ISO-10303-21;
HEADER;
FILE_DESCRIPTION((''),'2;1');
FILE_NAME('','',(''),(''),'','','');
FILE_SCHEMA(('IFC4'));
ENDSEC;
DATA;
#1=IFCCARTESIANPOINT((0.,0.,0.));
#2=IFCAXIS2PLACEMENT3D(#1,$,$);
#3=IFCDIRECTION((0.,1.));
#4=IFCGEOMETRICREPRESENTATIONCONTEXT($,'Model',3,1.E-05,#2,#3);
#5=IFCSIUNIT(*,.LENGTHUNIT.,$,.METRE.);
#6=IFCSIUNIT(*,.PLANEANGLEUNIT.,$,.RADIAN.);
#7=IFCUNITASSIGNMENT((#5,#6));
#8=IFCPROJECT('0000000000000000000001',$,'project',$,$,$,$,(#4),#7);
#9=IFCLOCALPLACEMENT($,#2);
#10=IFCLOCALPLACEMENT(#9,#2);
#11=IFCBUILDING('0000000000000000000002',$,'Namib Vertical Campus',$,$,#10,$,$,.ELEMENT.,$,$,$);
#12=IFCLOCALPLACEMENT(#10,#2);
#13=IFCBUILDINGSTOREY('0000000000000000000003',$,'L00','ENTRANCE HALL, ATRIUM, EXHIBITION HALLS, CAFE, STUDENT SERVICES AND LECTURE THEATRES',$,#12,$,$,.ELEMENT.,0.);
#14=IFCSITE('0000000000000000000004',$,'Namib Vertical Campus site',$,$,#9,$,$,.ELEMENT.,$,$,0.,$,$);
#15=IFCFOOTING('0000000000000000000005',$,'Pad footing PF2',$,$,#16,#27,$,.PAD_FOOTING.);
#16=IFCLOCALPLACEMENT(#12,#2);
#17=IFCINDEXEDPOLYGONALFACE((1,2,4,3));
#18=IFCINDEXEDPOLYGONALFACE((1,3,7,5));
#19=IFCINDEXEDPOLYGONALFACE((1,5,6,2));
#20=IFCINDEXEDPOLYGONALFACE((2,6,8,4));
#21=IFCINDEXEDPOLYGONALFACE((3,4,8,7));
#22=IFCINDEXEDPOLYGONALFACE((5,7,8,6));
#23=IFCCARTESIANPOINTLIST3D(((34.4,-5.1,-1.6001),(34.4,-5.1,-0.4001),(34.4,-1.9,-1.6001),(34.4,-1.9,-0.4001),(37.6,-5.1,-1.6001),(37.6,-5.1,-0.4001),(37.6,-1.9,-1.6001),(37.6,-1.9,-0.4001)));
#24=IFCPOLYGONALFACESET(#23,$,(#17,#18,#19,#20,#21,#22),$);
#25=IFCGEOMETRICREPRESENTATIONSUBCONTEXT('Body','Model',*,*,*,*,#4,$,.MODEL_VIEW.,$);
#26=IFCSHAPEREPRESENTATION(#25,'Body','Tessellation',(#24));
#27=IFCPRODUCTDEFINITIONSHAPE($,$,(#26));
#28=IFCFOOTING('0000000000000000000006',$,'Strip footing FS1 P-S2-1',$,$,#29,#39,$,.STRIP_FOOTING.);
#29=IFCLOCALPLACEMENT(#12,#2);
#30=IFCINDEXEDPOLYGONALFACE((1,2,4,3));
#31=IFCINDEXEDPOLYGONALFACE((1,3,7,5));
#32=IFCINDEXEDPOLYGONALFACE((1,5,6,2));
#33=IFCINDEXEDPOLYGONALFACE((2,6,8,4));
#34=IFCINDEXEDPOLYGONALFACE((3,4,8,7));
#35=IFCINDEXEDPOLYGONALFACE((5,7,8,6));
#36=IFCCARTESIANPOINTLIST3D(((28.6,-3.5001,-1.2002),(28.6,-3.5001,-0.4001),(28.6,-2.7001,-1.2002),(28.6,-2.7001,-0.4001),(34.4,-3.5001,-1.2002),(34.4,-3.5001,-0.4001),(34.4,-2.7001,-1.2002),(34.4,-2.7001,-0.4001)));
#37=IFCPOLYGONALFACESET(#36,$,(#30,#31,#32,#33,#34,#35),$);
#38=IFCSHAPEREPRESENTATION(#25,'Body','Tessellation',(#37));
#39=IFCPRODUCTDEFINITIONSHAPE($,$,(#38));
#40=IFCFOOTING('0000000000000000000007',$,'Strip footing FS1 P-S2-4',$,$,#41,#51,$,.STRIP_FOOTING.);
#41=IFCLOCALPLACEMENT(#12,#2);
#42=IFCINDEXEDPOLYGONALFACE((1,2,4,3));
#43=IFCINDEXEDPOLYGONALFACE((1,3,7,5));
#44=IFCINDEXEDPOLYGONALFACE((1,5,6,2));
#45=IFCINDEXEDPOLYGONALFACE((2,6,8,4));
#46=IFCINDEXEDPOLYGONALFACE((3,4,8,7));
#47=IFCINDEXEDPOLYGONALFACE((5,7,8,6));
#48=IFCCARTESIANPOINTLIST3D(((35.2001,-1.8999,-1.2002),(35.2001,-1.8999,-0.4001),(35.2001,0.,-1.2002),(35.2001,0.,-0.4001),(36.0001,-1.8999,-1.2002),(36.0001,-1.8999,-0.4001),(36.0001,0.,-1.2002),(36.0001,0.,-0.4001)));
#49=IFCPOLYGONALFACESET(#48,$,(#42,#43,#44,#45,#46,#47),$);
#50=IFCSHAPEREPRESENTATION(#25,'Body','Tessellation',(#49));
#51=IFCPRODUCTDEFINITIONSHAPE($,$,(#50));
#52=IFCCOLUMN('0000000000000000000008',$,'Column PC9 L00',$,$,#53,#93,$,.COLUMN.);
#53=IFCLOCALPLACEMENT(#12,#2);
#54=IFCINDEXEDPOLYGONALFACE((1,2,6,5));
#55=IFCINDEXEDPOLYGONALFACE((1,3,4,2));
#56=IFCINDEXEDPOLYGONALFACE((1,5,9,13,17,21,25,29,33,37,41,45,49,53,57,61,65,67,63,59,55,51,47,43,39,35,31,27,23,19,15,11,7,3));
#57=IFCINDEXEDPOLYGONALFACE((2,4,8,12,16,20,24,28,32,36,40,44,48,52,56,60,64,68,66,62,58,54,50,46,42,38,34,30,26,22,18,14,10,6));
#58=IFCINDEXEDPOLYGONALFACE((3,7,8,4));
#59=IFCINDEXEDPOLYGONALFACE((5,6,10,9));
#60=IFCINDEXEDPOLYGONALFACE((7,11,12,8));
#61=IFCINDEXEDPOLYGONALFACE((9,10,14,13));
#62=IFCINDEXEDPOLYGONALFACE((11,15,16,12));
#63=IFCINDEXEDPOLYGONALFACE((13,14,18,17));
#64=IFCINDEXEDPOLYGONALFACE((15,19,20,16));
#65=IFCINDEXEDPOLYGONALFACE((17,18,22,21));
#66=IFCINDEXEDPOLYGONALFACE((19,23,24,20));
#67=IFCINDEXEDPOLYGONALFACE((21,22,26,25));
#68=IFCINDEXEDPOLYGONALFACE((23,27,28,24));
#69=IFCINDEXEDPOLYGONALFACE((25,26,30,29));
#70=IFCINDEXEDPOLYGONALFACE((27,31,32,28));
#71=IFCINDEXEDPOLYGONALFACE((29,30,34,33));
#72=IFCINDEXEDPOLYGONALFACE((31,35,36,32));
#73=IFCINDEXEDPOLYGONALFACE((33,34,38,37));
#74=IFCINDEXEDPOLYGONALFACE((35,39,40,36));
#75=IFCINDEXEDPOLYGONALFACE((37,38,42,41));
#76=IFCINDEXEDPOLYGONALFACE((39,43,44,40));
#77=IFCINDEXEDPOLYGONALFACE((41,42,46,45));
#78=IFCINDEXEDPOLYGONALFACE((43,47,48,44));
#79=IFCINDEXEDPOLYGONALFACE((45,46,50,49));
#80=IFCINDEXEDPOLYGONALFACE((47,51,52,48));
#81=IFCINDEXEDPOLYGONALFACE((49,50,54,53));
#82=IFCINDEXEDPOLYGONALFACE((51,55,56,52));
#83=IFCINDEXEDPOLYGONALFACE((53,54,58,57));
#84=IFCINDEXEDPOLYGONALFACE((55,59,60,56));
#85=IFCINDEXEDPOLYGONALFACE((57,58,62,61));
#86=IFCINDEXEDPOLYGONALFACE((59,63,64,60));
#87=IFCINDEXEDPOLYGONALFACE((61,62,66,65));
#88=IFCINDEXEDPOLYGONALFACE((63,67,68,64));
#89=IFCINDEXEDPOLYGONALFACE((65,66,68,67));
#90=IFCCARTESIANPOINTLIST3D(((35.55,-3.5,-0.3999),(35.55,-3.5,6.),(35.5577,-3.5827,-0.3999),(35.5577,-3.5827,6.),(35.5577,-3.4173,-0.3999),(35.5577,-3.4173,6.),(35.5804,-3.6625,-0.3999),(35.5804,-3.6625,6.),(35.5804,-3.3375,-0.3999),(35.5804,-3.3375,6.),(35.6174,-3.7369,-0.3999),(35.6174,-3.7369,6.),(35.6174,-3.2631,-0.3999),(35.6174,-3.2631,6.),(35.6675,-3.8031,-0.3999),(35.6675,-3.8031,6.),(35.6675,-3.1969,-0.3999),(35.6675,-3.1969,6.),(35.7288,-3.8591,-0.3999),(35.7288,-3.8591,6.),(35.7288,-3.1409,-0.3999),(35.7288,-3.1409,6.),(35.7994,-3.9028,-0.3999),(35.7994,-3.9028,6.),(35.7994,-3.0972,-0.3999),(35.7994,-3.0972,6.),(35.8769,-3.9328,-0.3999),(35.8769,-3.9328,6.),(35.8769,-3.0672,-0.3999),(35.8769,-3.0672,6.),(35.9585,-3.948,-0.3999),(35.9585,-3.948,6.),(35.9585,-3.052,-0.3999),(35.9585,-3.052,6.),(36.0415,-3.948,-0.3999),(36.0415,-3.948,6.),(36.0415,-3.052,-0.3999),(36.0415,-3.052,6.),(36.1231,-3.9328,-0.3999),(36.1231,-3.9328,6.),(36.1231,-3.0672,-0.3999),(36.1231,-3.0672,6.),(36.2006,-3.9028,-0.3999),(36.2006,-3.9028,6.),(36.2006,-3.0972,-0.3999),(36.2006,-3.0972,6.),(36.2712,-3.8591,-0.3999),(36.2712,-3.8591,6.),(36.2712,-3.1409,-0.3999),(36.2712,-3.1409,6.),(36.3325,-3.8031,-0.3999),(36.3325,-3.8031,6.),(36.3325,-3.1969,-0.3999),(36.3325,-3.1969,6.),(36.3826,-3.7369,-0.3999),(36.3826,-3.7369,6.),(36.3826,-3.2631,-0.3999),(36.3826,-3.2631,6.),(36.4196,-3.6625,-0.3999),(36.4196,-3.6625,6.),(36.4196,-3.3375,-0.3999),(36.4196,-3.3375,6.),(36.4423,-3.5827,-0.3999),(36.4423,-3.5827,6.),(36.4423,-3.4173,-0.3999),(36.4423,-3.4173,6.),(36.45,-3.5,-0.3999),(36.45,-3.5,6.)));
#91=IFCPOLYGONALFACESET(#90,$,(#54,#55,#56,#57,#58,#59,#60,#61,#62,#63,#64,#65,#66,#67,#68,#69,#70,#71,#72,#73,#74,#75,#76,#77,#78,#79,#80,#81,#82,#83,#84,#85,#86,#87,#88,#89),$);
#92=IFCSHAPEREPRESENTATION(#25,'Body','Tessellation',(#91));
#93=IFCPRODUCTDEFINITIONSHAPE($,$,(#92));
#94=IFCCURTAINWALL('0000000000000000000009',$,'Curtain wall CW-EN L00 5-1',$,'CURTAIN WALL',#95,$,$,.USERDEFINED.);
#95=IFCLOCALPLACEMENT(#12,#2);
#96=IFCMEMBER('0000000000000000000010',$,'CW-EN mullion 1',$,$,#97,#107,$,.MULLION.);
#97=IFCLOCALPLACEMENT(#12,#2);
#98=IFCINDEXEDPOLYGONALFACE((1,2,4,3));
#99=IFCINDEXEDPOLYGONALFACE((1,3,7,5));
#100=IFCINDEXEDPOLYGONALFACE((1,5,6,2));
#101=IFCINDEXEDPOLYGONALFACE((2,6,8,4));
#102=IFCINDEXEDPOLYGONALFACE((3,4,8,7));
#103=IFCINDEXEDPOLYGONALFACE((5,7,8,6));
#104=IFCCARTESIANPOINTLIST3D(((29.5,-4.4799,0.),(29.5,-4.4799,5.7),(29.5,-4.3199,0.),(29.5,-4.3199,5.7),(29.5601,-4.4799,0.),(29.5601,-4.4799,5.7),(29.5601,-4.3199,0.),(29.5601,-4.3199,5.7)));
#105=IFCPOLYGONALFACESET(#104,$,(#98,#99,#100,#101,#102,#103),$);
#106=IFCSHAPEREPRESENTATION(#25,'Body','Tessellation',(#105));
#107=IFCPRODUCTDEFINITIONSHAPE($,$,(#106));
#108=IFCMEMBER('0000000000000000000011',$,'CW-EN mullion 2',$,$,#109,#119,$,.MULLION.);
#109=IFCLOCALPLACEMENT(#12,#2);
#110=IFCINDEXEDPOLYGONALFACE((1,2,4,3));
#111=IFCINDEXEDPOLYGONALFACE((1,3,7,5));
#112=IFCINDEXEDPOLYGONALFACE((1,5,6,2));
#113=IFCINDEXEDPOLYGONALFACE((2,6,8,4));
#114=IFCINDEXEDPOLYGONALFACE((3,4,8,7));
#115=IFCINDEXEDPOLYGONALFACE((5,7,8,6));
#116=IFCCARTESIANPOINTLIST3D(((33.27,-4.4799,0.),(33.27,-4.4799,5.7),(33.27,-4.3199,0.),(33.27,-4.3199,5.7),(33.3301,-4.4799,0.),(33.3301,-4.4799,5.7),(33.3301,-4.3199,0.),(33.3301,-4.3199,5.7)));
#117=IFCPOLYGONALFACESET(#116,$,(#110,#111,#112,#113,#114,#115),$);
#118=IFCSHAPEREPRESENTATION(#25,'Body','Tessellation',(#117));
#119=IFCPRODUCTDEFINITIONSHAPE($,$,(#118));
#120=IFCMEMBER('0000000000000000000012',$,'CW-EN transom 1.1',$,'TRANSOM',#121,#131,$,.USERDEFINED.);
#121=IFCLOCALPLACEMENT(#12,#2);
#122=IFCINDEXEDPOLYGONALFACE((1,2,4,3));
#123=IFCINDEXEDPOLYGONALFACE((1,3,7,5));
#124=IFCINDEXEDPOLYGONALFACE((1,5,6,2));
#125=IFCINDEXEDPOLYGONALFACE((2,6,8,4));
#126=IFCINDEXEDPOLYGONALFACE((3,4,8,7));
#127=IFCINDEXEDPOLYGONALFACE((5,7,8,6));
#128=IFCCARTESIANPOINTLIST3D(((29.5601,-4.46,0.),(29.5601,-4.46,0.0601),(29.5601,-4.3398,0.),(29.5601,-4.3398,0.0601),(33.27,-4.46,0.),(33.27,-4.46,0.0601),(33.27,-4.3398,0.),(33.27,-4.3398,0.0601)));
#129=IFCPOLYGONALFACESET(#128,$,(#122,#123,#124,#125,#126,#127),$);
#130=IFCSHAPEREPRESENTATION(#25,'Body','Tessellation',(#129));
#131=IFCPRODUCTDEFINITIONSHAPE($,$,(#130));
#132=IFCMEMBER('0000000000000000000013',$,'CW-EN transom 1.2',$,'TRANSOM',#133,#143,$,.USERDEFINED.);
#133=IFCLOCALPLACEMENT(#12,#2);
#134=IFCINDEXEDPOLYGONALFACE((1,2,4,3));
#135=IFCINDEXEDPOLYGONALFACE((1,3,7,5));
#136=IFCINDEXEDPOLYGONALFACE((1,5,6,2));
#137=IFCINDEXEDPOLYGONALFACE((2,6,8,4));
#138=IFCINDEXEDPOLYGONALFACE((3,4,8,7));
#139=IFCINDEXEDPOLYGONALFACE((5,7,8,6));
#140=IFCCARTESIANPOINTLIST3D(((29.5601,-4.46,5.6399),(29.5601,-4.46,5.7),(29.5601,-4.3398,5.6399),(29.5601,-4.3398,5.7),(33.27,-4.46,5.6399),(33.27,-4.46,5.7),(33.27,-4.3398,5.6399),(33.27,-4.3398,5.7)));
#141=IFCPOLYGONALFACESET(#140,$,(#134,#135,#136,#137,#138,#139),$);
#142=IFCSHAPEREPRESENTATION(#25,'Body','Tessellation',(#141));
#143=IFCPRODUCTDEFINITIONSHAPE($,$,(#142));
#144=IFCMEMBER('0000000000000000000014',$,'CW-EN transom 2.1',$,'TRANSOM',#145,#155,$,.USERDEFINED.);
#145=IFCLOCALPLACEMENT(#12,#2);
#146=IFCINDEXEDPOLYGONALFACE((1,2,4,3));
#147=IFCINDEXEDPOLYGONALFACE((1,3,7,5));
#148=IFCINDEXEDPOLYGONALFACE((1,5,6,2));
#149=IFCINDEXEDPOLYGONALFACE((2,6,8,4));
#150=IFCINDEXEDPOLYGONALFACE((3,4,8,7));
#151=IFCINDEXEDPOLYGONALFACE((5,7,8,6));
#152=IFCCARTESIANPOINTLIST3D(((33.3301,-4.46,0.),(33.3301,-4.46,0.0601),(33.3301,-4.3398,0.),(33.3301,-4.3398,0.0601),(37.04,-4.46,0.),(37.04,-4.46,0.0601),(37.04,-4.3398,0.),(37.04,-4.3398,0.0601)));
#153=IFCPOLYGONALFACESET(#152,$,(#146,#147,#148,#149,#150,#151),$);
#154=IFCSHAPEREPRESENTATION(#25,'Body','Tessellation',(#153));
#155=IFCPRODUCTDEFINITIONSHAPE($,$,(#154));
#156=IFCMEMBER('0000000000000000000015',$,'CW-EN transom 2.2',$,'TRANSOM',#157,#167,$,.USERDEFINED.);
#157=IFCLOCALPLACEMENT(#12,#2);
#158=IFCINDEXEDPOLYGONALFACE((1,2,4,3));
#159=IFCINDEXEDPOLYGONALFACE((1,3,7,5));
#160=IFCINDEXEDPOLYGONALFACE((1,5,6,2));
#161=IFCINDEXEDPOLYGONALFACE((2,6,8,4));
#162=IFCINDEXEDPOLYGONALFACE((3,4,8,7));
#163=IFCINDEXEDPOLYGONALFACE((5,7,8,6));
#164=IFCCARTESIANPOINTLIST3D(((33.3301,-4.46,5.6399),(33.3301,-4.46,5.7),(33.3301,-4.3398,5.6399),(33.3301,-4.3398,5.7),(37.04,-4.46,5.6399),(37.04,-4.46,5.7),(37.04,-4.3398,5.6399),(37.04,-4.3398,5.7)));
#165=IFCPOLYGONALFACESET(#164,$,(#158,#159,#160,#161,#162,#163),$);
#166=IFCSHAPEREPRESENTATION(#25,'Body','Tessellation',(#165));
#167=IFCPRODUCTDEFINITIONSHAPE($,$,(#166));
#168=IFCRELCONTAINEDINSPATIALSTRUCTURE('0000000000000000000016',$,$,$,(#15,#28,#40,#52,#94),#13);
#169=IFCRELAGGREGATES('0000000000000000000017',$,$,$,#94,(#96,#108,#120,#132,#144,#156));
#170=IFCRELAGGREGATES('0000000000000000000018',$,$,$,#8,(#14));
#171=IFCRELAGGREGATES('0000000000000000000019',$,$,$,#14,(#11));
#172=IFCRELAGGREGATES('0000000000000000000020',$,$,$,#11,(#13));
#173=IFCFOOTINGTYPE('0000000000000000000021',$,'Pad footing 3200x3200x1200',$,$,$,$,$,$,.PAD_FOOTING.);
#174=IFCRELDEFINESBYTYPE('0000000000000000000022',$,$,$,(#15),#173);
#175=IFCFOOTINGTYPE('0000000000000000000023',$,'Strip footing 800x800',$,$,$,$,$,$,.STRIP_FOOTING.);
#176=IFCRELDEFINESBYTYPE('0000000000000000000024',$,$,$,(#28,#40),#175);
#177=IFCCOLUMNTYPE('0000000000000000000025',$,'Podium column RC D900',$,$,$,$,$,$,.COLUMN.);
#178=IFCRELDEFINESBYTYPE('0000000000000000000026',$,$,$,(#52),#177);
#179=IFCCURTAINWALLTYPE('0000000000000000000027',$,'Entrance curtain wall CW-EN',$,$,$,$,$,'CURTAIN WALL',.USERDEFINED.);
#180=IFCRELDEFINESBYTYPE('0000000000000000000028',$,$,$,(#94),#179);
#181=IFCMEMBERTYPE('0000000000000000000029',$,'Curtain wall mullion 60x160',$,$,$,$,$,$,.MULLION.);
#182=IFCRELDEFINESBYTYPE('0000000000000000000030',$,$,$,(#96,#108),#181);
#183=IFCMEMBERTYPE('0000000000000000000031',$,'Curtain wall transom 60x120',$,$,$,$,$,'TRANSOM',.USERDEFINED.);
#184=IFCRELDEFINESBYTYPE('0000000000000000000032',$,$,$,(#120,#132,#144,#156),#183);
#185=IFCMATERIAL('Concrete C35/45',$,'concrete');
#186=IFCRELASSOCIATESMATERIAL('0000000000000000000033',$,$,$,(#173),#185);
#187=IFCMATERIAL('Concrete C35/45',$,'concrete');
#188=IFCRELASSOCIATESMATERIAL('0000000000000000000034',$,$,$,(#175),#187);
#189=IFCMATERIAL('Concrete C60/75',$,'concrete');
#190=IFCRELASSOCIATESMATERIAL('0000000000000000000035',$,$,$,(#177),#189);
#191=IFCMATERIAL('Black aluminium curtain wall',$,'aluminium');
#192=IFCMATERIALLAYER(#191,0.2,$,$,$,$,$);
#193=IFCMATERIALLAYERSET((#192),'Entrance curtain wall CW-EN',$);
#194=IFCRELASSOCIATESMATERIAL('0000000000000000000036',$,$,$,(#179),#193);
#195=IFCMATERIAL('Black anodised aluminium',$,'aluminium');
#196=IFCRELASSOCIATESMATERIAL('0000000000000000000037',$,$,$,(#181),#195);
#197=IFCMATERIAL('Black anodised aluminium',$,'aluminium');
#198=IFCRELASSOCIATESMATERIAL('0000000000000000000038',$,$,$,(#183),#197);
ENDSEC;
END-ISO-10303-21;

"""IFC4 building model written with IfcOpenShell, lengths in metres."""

from ifc_helpers import new_model, si_unit, direction, frame, origin, origin_2d, place, context, subcontext, project, spatial, rectangle, circle, extrude, material, layer, layer_set, material_profile, profile_set, type_object, element, aggregate, save


model = new_model("IFC4")

# Units and contexts
model_context = context("Model", 3, precision=1e-05, world=origin(), true_north=direction((0.0, 1.0)))
body_context = subcontext(model_context, "Body", "Model", "MODEL_VIEW")
ifc_project = project(units=[si_unit("LENGTHUNIT", "METRE"), si_unit("PLANEANGLEUNIT", "RADIAN")], contexts=[model_context])

# Site, building, storey
site_placement = place(None, origin())
site = spatial("IfcSite", under=ifc_project, at=site_placement, Name="Namib Vertical Campus site", CompositionType="ELEMENT", RefElevation=0.0)
building_placement = place(site_placement, origin())
building = spatial("IfcBuilding", under=site, at=building_placement, Name="Namib Vertical Campus", CompositionType="ELEMENT")
storey_placement = place(building_placement, origin())
storey = spatial("IfcBuildingStorey", under=building, at=storey_placement, Name="L00", Description="ENTRANCE HALL, ATRIUM, EXHIBITION HALLS, CAFE, STUDENT SERVICES AND LECTURE THEATRES", CompositionType="ELEMENT", Elevation=0.0)

# Footings
ifc_material_1 = material(Name="Concrete C35/45", Category="concrete")
footing_type_1 = type_object("IfcFootingType", Name="Pad footing 3200x3200x1200", PredefinedType="PAD_FOOTING", material=ifc_material_1)
footing_1_placement = place(storey_placement, frame((36.0, -3.5, -1.6001), z_axis=(0.0, 0.0, 1.0), x_axis=(1.0, 0.0, 0.0)))
element("IfcFooting", 1, at=footing_1_placement, inside=storey, type_object=footing_type_1, Name="Pad footing PF2", PredefinedType="PAD_FOOTING", context=body_context, shape_type="SweptSolid", body=[
    extrude(rectangle(XDim=3.2, YDim=3.2, at=origin_2d()), origin(), (0.0, 0.0, 1.0), 1.2),
])
ifc_material_2 = material(Name="Concrete C35/45", Category="concrete")
footing_type_2 = type_object("IfcFootingType", Name="Strip footing 800x800", PredefinedType="STRIP_FOOTING", material=ifc_material_2)
footing_2_placement = place(storey_placement, frame((31.5, -3.1001, -1.2002), z_axis=(0.0, 0.0, 1.0), x_axis=(1.0, 0.0, 0.0)))
element("IfcFooting", 2, at=footing_2_placement, inside=storey, type_object=footing_type_2, Name="Strip footing FS1 P-S2-1", PredefinedType="STRIP_FOOTING", context=body_context, shape_type="SweptSolid", body=[
    extrude(rectangle(XDim=5.8, YDim=0.8, at=origin_2d()), origin(), (0.0, 0.0, 1.0), 0.8),
])
footing_3_placement = place(storey_placement, frame((35.6001, -0.95, -1.2002), z_axis=(0.0, 0.0, 1.0), x_axis=(1.0, 0.0, 0.0)))
element("IfcFooting", 3, at=footing_3_placement, inside=storey, type_object=footing_type_2, Name="Strip footing FS1 P-S2-4", PredefinedType="STRIP_FOOTING", context=body_context, shape_type="SweptSolid", body=[
    extrude(rectangle(XDim=0.8, YDim=1.8999, at=origin_2d()), origin(), (0.0, 0.0, 1.0), 0.8),
])

# Column
ifc_material_3 = material(Name="Concrete C60/75", Category="concrete")
ifc_material_profile_1 = material_profile(ifc_material_3, circle(Radius=0.45, at=origin_2d()))
ifc_profile_set_1 = profile_set([ifc_material_profile_1], Name="Concrete C60/75")
column_type = type_object("IfcColumnType", Name="Podium column RC D900", PredefinedType="COLUMN", material=ifc_profile_set_1)
column_placement = place(storey_placement, frame((36.0, -3.5, -0.3999), z_axis=(0.0, 0.0, 1.0), x_axis=(1.0, 0.0, 0.0)))
element("IfcColumn", 4, at=column_placement, inside=storey, type_object=column_type, Name="Column PC9 L00", PredefinedType="COLUMN", context=body_context, shape_type="SweptSolid", body=[
    extrude(circle(Radius=0.45, at=origin_2d()), origin(), (0.0, 0.0, 1.0), 6.3999),
])

# Curtain wall, members
ifc_material_4 = material(Name="Black aluminium curtain wall", Category="aluminium")
ifc_layer_1 = layer(ifc_material_4, 0.2)
ifc_layer_set_1 = layer_set([ifc_layer_1], Name="Entrance curtain wall CW-EN")
curtain_wall_type = type_object("IfcCurtainWallType", Name="Entrance curtain wall CW-EN", ElementType="CURTAIN WALL", PredefinedType="USERDEFINED", material=ifc_layer_set_1)
curtain_wall_placement = place(storey_placement, origin())
curtain_wall = element("IfcCurtainWall", 5, at=curtain_wall_placement, inside=storey, type_object=curtain_wall_type, Name="Curtain wall CW-EN L00 5-1", ObjectType="CURTAIN WALL", PredefinedType="USERDEFINED")
ifc_material_5 = material(Name="Black anodised aluminium", Category="aluminium")
ifc_material_profile_2 = material_profile(ifc_material_5, rectangle(XDim=0.0601, YDim=0.1599, at=origin_2d()))
ifc_profile_set_2 = profile_set([ifc_material_profile_2], Name="Black anodised aluminium")
member_type_1 = type_object("IfcMemberType", Name="Curtain wall mullion 60x160", PredefinedType="MULLION", material=ifc_profile_set_2)
member_1_placement = place(storey_placement, frame((29.53, -4.3999, 0.0), z_axis=(0.0, 0.0, 1.0), x_axis=(1.0, 0.0, 0.0)))
member_1 = element("IfcMember", 6, at=member_1_placement, type_object=member_type_1, Name="CW-EN mullion 1", PredefinedType="MULLION", context=body_context, shape_type="SweptSolid", body=[
    extrude(rectangle(XDim=0.0601, YDim=0.1599, at=origin_2d()), origin(), (0.0, 0.0, 1.0), 5.7),
])
member_2_placement = place(storey_placement, frame((33.3, -4.3999, 0.0), z_axis=(0.0, 0.0, 1.0), x_axis=(1.0, 0.0, 0.0)))
member_2 = element("IfcMember", 7, at=member_2_placement, type_object=member_type_1, Name="CW-EN mullion 2", PredefinedType="MULLION", context=body_context, shape_type="SweptSolid", body=[
    extrude(rectangle(XDim=0.0601, YDim=0.1599, at=origin_2d()), origin(), (0.0, 0.0, 1.0), 5.7),
])
ifc_material_6 = material(Name="Black anodised aluminium", Category="aluminium")
ifc_material_profile_3 = material_profile(ifc_material_6, rectangle(XDim=0.0601, YDim=0.1201, at=origin_2d()))
ifc_profile_set_3 = profile_set([ifc_material_profile_3], Name="Black anodised aluminium")
member_type_2 = type_object("IfcMemberType", Name="Curtain wall transom 60x120", ElementType="TRANSOM", PredefinedType="USERDEFINED", material=ifc_profile_set_3)
member_3_placement = place(storey_placement, frame((29.5601, -4.3999, 0.03), z_axis=(1.0, 0.0, 0.0), x_axis=(0.0, 0.0, 1.0)))
member_3 = element("IfcMember", 8, at=member_3_placement, type_object=member_type_2, Name="CW-EN transom 1.1", ObjectType="TRANSOM", PredefinedType="USERDEFINED", context=body_context, shape_type="SweptSolid", body=[
    extrude(rectangle(XDim=0.0601, YDim=0.1201, at=origin_2d()), origin(), (0.0, 0.0, 1.0), 3.71),
])
member_4_placement = place(storey_placement, frame((29.5601, -4.3999, 5.6699), z_axis=(1.0, 0.0, 0.0), x_axis=(0.0, 0.0, 1.0)))
member_4 = element("IfcMember", 9, at=member_4_placement, type_object=member_type_2, Name="CW-EN transom 1.2", ObjectType="TRANSOM", PredefinedType="USERDEFINED", context=body_context, shape_type="SweptSolid", body=[
    extrude(rectangle(XDim=0.0601, YDim=0.1201, at=origin_2d()), origin(), (0.0, 0.0, 1.0), 3.71),
])
member_5_placement = place(storey_placement, frame((33.3301, -4.3999, 0.03), z_axis=(1.0, 0.0, 0.0), x_axis=(0.0, 0.0, 1.0)))
member_5 = element("IfcMember", 10, at=member_5_placement, type_object=member_type_2, Name="CW-EN transom 2.1", ObjectType="TRANSOM", PredefinedType="USERDEFINED", context=body_context, shape_type="SweptSolid", body=[
    extrude(rectangle(XDim=0.0601, YDim=0.1201, at=origin_2d()), origin(), (0.0, 0.0, 1.0), 3.71),
])
member_6_placement = place(storey_placement, frame((33.3301, -4.3999, 5.6699), z_axis=(1.0, 0.0, 0.0), x_axis=(0.0, 0.0, 1.0)))
member_6 = element("IfcMember", 11, at=member_6_placement, type_object=member_type_2, Name="CW-EN transom 2.2", ObjectType="TRANSOM", PredefinedType="USERDEFINED", context=body_context, shape_type="SweptSolid", body=[
    extrude(rectangle(XDim=0.0601, YDim=0.1201, at=origin_2d()), origin(), (0.0, 0.0, 1.0), 3.71),
])

aggregate(curtain_wall, [member_1, member_2, member_3, member_4, member_5, member_6])

save(model, "model.ifc")
